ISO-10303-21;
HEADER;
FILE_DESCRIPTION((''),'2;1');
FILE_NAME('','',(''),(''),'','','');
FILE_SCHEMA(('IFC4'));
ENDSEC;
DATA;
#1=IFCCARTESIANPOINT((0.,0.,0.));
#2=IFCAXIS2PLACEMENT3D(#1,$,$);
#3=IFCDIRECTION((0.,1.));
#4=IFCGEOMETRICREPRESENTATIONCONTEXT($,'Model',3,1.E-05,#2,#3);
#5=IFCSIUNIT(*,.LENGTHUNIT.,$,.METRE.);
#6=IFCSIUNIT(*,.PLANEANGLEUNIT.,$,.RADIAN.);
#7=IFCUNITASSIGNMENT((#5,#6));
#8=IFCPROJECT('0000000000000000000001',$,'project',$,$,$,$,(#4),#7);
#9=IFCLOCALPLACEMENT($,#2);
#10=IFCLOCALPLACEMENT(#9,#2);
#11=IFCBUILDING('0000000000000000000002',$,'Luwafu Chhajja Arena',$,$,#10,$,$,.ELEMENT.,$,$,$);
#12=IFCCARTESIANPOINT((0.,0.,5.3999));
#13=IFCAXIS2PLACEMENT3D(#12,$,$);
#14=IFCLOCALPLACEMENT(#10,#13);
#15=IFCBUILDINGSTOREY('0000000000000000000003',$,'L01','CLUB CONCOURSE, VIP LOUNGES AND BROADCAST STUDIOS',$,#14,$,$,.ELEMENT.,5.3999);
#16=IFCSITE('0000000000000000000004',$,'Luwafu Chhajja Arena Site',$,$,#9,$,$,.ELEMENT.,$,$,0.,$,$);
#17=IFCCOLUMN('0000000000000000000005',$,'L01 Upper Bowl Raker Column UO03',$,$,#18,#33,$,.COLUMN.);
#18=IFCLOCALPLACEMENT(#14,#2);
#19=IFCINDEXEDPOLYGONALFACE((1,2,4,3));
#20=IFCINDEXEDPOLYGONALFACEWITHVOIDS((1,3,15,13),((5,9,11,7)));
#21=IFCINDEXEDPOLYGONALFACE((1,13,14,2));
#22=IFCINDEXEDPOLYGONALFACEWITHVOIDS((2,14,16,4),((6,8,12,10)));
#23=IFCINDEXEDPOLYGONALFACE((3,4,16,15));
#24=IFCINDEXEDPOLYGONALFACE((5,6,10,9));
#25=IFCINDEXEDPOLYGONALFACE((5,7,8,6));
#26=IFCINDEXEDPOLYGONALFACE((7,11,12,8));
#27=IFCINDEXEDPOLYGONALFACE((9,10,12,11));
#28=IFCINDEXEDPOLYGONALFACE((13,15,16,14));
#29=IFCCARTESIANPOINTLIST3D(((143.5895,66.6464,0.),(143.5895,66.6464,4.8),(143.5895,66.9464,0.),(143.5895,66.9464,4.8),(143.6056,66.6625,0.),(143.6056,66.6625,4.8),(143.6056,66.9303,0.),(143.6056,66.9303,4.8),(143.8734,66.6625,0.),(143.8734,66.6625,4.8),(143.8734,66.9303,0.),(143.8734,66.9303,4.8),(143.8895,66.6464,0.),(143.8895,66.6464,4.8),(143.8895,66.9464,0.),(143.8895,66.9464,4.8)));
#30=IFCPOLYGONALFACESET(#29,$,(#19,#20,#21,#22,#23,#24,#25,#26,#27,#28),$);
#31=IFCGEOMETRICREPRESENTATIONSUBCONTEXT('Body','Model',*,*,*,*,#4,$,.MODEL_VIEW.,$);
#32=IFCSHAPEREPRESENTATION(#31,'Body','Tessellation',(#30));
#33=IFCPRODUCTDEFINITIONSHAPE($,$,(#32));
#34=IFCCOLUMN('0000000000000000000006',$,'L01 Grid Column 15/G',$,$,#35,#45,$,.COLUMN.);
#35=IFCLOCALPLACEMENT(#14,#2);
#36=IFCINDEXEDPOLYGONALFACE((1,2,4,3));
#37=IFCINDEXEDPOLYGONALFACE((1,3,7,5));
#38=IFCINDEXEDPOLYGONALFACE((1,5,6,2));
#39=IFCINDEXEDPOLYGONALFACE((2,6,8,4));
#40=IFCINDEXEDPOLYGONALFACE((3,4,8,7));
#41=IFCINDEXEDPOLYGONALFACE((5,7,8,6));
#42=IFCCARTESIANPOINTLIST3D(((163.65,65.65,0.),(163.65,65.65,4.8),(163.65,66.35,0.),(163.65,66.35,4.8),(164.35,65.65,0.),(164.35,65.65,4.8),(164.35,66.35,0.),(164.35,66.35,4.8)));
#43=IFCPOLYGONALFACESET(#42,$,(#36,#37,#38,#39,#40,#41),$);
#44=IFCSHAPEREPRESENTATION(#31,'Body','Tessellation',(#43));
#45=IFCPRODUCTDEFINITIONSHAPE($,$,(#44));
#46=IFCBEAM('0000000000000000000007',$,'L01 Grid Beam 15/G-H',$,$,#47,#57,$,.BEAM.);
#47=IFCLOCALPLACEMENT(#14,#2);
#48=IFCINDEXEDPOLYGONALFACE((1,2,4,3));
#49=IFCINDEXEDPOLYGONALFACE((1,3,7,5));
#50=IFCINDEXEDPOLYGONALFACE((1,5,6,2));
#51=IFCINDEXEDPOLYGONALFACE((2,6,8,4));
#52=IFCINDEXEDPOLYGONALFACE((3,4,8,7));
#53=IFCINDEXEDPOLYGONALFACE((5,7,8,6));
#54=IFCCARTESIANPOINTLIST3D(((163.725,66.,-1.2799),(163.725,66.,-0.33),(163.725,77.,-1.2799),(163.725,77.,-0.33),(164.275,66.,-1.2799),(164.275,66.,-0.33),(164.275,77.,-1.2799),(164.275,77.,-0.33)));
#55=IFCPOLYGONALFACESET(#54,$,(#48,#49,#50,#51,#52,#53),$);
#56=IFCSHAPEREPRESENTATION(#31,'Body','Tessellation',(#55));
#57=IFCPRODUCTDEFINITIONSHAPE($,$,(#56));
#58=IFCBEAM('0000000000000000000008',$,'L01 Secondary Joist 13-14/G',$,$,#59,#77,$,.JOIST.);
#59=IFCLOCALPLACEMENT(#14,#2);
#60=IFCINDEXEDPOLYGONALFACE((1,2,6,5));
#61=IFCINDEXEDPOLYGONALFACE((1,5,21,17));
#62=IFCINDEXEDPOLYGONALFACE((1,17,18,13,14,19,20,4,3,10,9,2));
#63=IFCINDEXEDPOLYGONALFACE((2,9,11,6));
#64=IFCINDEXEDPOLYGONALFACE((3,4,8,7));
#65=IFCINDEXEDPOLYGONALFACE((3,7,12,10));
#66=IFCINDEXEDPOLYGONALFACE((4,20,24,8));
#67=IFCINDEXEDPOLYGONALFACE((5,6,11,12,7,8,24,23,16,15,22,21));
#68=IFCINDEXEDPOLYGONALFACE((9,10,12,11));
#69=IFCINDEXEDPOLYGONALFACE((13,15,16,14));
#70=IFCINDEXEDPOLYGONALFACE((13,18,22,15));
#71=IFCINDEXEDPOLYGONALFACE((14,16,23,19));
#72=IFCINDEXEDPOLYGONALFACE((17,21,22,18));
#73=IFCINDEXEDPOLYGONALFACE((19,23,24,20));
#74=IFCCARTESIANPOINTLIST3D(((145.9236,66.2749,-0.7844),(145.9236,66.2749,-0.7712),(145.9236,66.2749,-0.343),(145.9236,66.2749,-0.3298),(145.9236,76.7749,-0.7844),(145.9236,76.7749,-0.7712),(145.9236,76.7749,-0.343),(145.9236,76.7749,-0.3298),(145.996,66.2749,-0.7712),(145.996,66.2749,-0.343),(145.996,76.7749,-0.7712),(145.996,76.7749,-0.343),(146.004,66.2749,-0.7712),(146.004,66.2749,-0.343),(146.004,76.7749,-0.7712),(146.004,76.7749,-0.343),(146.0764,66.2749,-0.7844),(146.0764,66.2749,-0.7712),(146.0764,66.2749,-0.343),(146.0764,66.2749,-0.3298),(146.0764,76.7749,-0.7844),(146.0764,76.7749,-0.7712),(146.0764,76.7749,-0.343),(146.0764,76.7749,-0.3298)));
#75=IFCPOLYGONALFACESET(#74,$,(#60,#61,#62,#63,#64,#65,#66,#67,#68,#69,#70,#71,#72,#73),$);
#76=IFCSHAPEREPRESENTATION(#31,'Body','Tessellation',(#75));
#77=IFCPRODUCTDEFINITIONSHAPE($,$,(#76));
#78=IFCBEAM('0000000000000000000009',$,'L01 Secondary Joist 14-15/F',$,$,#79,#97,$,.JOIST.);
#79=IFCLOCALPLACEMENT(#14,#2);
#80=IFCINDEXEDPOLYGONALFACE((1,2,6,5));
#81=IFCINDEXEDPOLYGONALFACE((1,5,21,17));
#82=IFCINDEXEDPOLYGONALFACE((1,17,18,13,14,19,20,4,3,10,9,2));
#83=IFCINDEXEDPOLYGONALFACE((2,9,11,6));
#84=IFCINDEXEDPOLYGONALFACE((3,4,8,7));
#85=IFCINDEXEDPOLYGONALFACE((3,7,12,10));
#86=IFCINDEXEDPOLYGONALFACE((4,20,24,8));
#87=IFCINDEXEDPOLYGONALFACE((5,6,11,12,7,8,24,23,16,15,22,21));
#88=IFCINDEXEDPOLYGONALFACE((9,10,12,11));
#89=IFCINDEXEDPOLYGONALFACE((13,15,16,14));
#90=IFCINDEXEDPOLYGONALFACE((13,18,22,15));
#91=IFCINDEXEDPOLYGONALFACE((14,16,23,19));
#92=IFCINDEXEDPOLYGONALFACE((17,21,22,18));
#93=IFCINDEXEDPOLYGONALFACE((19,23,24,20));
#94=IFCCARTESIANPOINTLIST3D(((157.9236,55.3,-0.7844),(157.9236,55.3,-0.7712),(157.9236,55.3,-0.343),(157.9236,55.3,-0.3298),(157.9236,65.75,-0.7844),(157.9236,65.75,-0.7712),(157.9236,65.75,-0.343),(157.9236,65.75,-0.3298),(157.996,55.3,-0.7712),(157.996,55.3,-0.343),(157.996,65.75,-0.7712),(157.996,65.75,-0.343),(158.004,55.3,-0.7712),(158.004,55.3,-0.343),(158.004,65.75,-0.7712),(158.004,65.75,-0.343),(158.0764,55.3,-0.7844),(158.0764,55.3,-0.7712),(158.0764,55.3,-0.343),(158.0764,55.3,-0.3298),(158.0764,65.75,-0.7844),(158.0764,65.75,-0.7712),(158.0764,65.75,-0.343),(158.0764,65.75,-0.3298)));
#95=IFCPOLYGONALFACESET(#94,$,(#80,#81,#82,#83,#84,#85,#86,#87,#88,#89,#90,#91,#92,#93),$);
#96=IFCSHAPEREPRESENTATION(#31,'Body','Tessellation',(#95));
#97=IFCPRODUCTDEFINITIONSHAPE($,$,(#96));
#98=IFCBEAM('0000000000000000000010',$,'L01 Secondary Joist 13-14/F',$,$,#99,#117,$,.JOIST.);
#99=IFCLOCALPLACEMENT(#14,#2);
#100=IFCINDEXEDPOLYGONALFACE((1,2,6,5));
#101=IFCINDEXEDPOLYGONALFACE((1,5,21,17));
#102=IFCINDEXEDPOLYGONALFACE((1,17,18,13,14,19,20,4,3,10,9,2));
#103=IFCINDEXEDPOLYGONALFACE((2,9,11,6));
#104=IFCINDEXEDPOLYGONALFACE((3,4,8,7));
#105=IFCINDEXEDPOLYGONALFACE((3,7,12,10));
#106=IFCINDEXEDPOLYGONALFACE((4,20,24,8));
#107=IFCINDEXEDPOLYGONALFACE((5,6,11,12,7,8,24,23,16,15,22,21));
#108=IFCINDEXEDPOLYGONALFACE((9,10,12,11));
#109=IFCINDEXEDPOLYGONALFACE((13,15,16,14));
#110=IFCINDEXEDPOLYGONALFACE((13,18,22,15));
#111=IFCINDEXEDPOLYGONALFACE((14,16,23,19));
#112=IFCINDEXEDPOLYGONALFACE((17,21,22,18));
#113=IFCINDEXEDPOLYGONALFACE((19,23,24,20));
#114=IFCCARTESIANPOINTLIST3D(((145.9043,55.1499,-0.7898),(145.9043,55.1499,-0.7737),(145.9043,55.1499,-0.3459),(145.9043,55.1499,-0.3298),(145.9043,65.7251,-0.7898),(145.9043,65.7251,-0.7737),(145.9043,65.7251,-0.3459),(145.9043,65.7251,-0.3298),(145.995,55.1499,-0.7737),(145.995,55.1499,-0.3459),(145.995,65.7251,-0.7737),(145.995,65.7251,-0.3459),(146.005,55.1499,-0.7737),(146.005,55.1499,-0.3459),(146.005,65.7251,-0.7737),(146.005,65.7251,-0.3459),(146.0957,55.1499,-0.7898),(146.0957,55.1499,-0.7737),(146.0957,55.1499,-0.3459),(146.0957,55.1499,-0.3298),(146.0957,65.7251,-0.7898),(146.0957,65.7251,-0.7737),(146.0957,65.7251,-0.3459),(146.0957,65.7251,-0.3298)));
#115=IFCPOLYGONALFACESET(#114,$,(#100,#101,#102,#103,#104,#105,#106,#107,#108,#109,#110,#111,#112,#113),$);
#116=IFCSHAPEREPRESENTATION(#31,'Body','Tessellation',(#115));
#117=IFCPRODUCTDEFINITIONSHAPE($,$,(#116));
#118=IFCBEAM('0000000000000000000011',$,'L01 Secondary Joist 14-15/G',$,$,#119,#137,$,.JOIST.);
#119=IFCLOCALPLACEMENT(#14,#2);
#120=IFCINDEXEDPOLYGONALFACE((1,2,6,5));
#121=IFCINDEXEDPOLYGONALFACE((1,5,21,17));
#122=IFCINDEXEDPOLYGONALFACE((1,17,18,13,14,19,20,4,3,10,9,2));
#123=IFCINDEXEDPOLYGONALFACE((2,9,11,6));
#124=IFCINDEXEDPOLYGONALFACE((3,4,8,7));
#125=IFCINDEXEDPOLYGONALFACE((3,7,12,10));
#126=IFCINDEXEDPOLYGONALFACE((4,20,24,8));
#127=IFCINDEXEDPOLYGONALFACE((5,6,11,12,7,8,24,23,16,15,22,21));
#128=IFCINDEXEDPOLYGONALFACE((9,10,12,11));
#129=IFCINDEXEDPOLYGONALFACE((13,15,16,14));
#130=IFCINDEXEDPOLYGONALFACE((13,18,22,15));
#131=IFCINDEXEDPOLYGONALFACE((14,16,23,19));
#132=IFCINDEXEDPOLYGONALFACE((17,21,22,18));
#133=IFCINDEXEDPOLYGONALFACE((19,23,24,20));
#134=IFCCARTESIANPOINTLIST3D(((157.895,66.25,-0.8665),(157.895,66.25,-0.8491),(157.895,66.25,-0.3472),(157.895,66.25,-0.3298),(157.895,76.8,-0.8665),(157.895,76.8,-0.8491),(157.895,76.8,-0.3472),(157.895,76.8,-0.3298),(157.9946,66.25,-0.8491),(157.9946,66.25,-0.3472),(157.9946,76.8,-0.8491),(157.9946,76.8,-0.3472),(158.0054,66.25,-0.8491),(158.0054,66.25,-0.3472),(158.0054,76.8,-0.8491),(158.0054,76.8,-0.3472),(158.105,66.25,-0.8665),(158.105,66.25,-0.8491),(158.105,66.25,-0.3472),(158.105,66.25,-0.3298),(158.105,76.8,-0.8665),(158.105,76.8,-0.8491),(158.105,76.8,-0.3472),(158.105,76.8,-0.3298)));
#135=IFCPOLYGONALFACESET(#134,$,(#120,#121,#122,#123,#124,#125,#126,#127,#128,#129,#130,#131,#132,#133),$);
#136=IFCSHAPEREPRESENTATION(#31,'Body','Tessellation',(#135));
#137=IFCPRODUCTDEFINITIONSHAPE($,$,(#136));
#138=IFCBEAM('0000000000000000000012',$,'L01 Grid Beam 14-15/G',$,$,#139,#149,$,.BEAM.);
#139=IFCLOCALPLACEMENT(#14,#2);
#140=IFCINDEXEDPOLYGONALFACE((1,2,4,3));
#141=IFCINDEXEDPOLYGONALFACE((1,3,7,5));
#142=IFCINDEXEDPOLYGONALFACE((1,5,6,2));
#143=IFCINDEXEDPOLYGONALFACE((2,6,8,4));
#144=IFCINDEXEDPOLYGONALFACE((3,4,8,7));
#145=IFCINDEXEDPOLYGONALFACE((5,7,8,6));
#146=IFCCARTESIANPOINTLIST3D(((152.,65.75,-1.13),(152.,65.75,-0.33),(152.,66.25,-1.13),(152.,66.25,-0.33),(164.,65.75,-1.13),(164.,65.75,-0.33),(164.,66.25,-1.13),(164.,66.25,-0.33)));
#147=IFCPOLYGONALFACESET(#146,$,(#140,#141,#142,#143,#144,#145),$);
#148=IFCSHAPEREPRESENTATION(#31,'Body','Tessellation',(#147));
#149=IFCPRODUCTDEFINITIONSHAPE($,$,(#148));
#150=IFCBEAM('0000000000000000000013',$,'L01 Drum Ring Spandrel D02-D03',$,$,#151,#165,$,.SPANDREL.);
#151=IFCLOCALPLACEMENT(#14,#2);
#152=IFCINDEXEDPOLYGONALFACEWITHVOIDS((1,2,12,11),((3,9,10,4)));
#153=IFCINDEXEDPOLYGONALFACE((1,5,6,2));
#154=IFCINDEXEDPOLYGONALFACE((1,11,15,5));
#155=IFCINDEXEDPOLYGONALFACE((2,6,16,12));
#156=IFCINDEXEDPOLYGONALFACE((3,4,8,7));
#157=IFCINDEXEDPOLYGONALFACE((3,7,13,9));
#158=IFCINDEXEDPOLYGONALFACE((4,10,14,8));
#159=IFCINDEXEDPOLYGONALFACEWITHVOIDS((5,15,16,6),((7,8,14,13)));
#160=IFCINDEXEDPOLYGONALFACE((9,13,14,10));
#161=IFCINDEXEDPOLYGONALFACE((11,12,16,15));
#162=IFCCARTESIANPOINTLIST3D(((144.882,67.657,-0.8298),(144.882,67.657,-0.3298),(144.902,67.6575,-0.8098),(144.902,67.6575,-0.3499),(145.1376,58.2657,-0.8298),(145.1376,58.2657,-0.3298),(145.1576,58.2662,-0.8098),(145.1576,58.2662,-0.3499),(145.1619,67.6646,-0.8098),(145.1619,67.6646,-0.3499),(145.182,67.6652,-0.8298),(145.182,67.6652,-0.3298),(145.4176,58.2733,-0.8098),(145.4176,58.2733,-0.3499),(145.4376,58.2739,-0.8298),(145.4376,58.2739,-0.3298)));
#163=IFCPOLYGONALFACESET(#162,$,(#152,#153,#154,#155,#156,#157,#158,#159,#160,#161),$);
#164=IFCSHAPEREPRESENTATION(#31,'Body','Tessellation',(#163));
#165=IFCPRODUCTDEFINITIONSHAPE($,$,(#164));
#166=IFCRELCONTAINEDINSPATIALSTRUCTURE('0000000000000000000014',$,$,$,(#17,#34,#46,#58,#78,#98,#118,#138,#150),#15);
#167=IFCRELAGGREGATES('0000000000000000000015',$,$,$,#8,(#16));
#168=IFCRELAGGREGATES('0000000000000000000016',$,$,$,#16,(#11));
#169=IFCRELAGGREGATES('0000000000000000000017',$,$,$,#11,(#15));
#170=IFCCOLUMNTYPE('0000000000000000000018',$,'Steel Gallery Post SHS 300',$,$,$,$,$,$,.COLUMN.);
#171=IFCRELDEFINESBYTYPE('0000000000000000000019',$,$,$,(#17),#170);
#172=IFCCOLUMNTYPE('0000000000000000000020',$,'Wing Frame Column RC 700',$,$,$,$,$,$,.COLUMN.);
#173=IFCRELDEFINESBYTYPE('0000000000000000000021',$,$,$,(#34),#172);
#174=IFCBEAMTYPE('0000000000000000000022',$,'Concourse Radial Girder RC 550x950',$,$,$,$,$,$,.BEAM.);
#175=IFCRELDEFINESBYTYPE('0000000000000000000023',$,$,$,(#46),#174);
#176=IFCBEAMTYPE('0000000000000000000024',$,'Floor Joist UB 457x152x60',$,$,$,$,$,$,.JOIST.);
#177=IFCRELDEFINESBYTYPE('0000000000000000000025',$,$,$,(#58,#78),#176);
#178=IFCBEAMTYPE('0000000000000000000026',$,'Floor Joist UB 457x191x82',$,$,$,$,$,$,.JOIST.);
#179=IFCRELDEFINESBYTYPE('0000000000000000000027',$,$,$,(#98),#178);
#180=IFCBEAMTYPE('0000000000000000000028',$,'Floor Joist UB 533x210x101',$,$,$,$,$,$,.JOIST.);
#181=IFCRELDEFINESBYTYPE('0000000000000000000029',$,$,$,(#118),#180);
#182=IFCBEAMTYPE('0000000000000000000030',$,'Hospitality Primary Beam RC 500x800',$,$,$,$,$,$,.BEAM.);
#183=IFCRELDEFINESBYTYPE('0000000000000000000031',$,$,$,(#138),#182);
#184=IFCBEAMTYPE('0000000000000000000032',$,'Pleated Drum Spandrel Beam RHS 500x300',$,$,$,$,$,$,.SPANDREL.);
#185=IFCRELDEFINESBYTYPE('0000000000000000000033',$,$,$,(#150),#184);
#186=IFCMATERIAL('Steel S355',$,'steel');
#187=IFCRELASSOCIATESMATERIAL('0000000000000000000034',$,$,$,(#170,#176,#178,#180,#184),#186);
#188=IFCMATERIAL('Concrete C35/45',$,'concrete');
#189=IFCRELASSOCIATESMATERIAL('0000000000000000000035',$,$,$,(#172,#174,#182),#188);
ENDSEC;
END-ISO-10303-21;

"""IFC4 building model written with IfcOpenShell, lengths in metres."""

from ifc_helpers import new_model, si_unit, direction, frame, origin, origin_2d, place, context, subcontext, project, spatial, rectangle, hollow_rectangle, i_section, extrude, material, material_profile, profile_set, type_object, element, save


model = new_model("IFC4")

# Units and contexts
model_context = context("Model", 3, precision=1e-05, world=origin(), true_north=direction((0.0, 1.0)))
body_context = subcontext(model_context, "Body", "Model", "MODEL_VIEW")
ifc_project = project(units=[si_unit("LENGTHUNIT", "METRE"), si_unit("PLANEANGLEUNIT", "RADIAN")], contexts=[model_context])

# Site, building, storey
site_placement = place(None, origin())
site = spatial("IfcSite", under=ifc_project, at=site_placement, Name="Luwafu Chhajja Arena Site", CompositionType="ELEMENT", RefElevation=0.0)
building_placement = place(site_placement, origin())
building = spatial("IfcBuilding", under=site, at=building_placement, Name="Luwafu Chhajja Arena", CompositionType="ELEMENT")
storey_placement = place(building_placement, frame((0.0, 0.0, 5.3999)))
storey = spatial("IfcBuildingStorey", under=building, at=storey_placement, Name="L01", Description="CLUB CONCOURSE, VIP LOUNGES AND BROADCAST STUDIOS", CompositionType="ELEMENT", Elevation=5.3999)

# Columns
ifc_material_1 = material(Name="Concrete C35/45", Category="concrete")
ifc_material_2 = material(Name="Steel S355", Category="steel")
ifc_material_profile_1 = material_profile(ifc_material_2, hollow_rectangle(XDim=0.3, YDim=0.3, WallThickness=0.0161, at=origin_2d()), Name="SHS 300x300x16")
ifc_profile_set_1 = profile_set([ifc_material_profile_1], Name="Steel S355")
column_type_1 = type_object("IfcColumnType", Name="Steel Gallery Post SHS 300", PredefinedType="COLUMN", material=ifc_profile_set_1)
for number, where, z_axis, x_axis, name in (
    (1, (143.7395, 66.7964, 0.0), (0.0, 0.0, 1.0), (1.0, 0.0, 0.0), "L01 Upper Bowl Raker Column UO03"),
):
    element("IfcColumn", number, at=place(storey_placement, frame(where, z_axis=z_axis, x_axis=x_axis)), inside=storey, type_object=column_type_1, Name=name, PredefinedType="COLUMN", context=body_context, shape_type="SweptSolid", body=[
        extrude(hollow_rectangle(XDim=0.3, YDim=0.3, WallThickness=0.0161, at=origin_2d()), origin(), (0.0, 0.0, 1.0), 4.8),
    ])
ifc_material_profile_2 = material_profile(ifc_material_1, rectangle(XDim=0.7, YDim=0.7, at=origin_2d()), Name="RC 700x700")
ifc_profile_set_2 = profile_set([ifc_material_profile_2], Name="Concrete C35/45")
column_type_2 = type_object("IfcColumnType", Name="Wing Frame Column RC 700", PredefinedType="COLUMN", material=ifc_profile_set_2)
column_1_placement = place(storey_placement, frame((164.0, 66.0, 0.0), z_axis=(0.0, 0.0, 1.0), x_axis=(1.0, 0.0, 0.0)))
element("IfcColumn", 2, at=column_1_placement, inside=storey, type_object=column_type_2, Name="L01 Grid Column 15/G", PredefinedType="COLUMN", context=body_context, shape_type="SweptSolid", body=[
    extrude(rectangle(XDim=0.7, YDim=0.7, at=origin_2d()), origin(), (0.0, 0.0, 1.0), 4.8),
])

# Beams
ifc_material_profile_3 = material_profile(ifc_material_1, rectangle(XDim=0.55, YDim=0.95, at=origin_2d()), Name="RC 550x950")
ifc_profile_set_3 = profile_set([ifc_material_profile_3], Name="Concrete C35/45")
beam_type_1 = type_object("IfcBeamType", Name="Concourse Radial Girder RC 550x950", PredefinedType="BEAM", material=ifc_profile_set_3)
beam_1_placement = place(storey_placement, frame((164.0, 66.0, -0.8049), z_axis=(0.0, 1.0, 0.0), x_axis=(-1.0, 0.0, 0.0)))
element("IfcBeam", 3, at=beam_1_placement, inside=storey, type_object=beam_type_1, Name="L01 Grid Beam 15/G-H", PredefinedType="BEAM", context=body_context, shape_type="SweptSolid", body=[
    extrude(rectangle(XDim=0.55, YDim=0.95, at=origin_2d()), origin(), (0.0, 0.0, 1.0), 11.0),
])
ifc_material_profile_4 = material_profile(ifc_material_2, i_section(OverallWidth=0.1528, OverallDepth=0.4546, WebThickness=0.0081, FlangeThickness=0.0132, at=origin_2d()), Name="UB 457x152x60")
ifc_profile_set_4 = profile_set([ifc_material_profile_4], Name="Steel S355")
beam_type_2 = type_object("IfcBeamType", Name="Floor Joist UB 457x152x60", PredefinedType="JOIST", material=ifc_profile_set_4)
beam_2_placement = place(storey_placement, frame((146.0, 66.2749, -0.5571), z_axis=(0.0, 1.0, 0.0), x_axis=(-1.0, 0.0, 0.0)))
element("IfcBeam", 4, at=beam_2_placement, inside=storey, type_object=beam_type_2, Name="L01 Secondary Joist 13-14/G", PredefinedType="JOIST", context=body_context, shape_type="SweptSolid", body=[
    extrude(i_section(OverallWidth=0.1528, OverallDepth=0.4546, WebThickness=0.0081, FlangeThickness=0.0132, at=origin_2d()), origin(), (0.0, 0.0, 1.0), 10.5),
])
beam_3_placement = place(storey_placement, frame((158.0, 55.3, -0.5571), z_axis=(0.0, 1.0, 0.0), x_axis=(-1.0, 0.0, 0.0)))
element("IfcBeam", 5, at=beam_3_placement, inside=storey, type_object=beam_type_2, Name="L01 Secondary Joist 14-15/F", PredefinedType="JOIST", context=body_context, shape_type="SweptSolid", body=[
    extrude(i_section(OverallWidth=0.1528, OverallDepth=0.4546, WebThickness=0.0081, FlangeThickness=0.0132, at=origin_2d()), origin(), (0.0, 0.0, 1.0), 10.45),
])
ifc_material_profile_5 = material_profile(ifc_material_2, i_section(OverallWidth=0.1914, OverallDepth=0.46, WebThickness=0.01, FlangeThickness=0.0161, at=origin_2d()), Name="UB 457x191x82")
ifc_profile_set_5 = profile_set([ifc_material_profile_5], Name="Steel S355")
beam_type_3 = type_object("IfcBeamType", Name="Floor Joist UB 457x191x82", PredefinedType="JOIST", material=ifc_profile_set_5)
beam_4_placement = place(storey_placement, frame((146.0, 55.1499, -0.5598), z_axis=(0.0, 1.0, 0.0), x_axis=(-1.0, 0.0, 0.0)))
element("IfcBeam", 6, at=beam_4_placement, inside=storey, type_object=beam_type_3, Name="L01 Secondary Joist 13-14/F", PredefinedType="JOIST", context=body_context, shape_type="SweptSolid", body=[
    extrude(i_section(OverallWidth=0.1914, OverallDepth=0.46, WebThickness=0.01, FlangeThickness=0.0161, at=origin_2d()), origin(), (0.0, 0.0, 1.0), 10.5752),
])
ifc_material_profile_6 = material_profile(ifc_material_2, i_section(OverallWidth=0.21, OverallDepth=0.5366, WebThickness=0.0107, FlangeThickness=0.0173, at=origin_2d()), Name="UB 533x210x101")
ifc_profile_set_6 = profile_set([ifc_material_profile_6], Name="Steel S355")
beam_type_4 = type_object("IfcBeamType", Name="Floor Joist UB 533x210x101", PredefinedType="JOIST", material=ifc_profile_set_6)
beam_5_placement = place(storey_placement, frame((158.0, 66.25, -0.5981), z_axis=(0.0, 1.0, 0.0), x_axis=(-1.0, 0.0, 0.0)))
element("IfcBeam", 7, at=beam_5_placement, inside=storey, type_object=beam_type_4, Name="L01 Secondary Joist 14-15/G", PredefinedType="JOIST", context=body_context, shape_type="SweptSolid", body=[
    extrude(i_section(OverallWidth=0.21, OverallDepth=0.5366, WebThickness=0.0107, FlangeThickness=0.0173, at=origin_2d()), origin(), (0.0, 0.0, 1.0), 10.55),
])
ifc_material_profile_7 = material_profile(ifc_material_1, rectangle(XDim=0.5, YDim=0.8, at=origin_2d()), Name="RC 500x800")
ifc_profile_set_7 = profile_set([ifc_material_profile_7], Name="Concrete C35/45")
beam_type_5 = type_object("IfcBeamType", Name="Hospitality Primary Beam RC 500x800", PredefinedType="BEAM", material=ifc_profile_set_7)
beam_6_placement = place(storey_placement, frame((152.0, 66.0, -0.73), z_axis=(1.0, 0.0, 0.0), x_axis=(0.0, 1.0, 0.0)))
element("IfcBeam", 8, at=beam_6_placement, inside=storey, type_object=beam_type_5, Name="L01 Grid Beam 14-15/G", PredefinedType="BEAM", context=body_context, shape_type="SweptSolid", body=[
    extrude(rectangle(XDim=0.5, YDim=0.8, at=origin_2d()), origin(), (0.0, 0.0, 1.0), 12.0),
])
ifc_material_profile_8 = material_profile(ifc_material_2, hollow_rectangle(XDim=0.3, YDim=0.5, WallThickness=0.02, at=origin_2d()), Name="RHS 500x300x20")
ifc_profile_set_8 = profile_set([ifc_material_profile_8], Name="Steel S355")
beam_type_6 = type_object("IfcBeamType", Name="Pleated Drum Spandrel Beam RHS 500x300", PredefinedType="SPANDREL", material=ifc_profile_set_8)
beam_7_placement = place(storey_placement, frame((145.2876, 58.2698, -0.5798), z_axis=(-0.027208, 0.99963, 0.0), x_axis=(-0.99963, -0.027208, 0.0)))
element("IfcBeam", 9, at=beam_7_placement, inside=storey, type_object=beam_type_6, Name="L01 Drum Ring Spandrel D02-D03", PredefinedType="SPANDREL", context=body_context, shape_type="SweptSolid", body=[
    extrude(hollow_rectangle(XDim=0.3, YDim=0.5, WallThickness=0.02, at=origin_2d()), origin(), (0.0, 0.0, 1.0), 9.3948),
])

save(model, "model.ifc")
